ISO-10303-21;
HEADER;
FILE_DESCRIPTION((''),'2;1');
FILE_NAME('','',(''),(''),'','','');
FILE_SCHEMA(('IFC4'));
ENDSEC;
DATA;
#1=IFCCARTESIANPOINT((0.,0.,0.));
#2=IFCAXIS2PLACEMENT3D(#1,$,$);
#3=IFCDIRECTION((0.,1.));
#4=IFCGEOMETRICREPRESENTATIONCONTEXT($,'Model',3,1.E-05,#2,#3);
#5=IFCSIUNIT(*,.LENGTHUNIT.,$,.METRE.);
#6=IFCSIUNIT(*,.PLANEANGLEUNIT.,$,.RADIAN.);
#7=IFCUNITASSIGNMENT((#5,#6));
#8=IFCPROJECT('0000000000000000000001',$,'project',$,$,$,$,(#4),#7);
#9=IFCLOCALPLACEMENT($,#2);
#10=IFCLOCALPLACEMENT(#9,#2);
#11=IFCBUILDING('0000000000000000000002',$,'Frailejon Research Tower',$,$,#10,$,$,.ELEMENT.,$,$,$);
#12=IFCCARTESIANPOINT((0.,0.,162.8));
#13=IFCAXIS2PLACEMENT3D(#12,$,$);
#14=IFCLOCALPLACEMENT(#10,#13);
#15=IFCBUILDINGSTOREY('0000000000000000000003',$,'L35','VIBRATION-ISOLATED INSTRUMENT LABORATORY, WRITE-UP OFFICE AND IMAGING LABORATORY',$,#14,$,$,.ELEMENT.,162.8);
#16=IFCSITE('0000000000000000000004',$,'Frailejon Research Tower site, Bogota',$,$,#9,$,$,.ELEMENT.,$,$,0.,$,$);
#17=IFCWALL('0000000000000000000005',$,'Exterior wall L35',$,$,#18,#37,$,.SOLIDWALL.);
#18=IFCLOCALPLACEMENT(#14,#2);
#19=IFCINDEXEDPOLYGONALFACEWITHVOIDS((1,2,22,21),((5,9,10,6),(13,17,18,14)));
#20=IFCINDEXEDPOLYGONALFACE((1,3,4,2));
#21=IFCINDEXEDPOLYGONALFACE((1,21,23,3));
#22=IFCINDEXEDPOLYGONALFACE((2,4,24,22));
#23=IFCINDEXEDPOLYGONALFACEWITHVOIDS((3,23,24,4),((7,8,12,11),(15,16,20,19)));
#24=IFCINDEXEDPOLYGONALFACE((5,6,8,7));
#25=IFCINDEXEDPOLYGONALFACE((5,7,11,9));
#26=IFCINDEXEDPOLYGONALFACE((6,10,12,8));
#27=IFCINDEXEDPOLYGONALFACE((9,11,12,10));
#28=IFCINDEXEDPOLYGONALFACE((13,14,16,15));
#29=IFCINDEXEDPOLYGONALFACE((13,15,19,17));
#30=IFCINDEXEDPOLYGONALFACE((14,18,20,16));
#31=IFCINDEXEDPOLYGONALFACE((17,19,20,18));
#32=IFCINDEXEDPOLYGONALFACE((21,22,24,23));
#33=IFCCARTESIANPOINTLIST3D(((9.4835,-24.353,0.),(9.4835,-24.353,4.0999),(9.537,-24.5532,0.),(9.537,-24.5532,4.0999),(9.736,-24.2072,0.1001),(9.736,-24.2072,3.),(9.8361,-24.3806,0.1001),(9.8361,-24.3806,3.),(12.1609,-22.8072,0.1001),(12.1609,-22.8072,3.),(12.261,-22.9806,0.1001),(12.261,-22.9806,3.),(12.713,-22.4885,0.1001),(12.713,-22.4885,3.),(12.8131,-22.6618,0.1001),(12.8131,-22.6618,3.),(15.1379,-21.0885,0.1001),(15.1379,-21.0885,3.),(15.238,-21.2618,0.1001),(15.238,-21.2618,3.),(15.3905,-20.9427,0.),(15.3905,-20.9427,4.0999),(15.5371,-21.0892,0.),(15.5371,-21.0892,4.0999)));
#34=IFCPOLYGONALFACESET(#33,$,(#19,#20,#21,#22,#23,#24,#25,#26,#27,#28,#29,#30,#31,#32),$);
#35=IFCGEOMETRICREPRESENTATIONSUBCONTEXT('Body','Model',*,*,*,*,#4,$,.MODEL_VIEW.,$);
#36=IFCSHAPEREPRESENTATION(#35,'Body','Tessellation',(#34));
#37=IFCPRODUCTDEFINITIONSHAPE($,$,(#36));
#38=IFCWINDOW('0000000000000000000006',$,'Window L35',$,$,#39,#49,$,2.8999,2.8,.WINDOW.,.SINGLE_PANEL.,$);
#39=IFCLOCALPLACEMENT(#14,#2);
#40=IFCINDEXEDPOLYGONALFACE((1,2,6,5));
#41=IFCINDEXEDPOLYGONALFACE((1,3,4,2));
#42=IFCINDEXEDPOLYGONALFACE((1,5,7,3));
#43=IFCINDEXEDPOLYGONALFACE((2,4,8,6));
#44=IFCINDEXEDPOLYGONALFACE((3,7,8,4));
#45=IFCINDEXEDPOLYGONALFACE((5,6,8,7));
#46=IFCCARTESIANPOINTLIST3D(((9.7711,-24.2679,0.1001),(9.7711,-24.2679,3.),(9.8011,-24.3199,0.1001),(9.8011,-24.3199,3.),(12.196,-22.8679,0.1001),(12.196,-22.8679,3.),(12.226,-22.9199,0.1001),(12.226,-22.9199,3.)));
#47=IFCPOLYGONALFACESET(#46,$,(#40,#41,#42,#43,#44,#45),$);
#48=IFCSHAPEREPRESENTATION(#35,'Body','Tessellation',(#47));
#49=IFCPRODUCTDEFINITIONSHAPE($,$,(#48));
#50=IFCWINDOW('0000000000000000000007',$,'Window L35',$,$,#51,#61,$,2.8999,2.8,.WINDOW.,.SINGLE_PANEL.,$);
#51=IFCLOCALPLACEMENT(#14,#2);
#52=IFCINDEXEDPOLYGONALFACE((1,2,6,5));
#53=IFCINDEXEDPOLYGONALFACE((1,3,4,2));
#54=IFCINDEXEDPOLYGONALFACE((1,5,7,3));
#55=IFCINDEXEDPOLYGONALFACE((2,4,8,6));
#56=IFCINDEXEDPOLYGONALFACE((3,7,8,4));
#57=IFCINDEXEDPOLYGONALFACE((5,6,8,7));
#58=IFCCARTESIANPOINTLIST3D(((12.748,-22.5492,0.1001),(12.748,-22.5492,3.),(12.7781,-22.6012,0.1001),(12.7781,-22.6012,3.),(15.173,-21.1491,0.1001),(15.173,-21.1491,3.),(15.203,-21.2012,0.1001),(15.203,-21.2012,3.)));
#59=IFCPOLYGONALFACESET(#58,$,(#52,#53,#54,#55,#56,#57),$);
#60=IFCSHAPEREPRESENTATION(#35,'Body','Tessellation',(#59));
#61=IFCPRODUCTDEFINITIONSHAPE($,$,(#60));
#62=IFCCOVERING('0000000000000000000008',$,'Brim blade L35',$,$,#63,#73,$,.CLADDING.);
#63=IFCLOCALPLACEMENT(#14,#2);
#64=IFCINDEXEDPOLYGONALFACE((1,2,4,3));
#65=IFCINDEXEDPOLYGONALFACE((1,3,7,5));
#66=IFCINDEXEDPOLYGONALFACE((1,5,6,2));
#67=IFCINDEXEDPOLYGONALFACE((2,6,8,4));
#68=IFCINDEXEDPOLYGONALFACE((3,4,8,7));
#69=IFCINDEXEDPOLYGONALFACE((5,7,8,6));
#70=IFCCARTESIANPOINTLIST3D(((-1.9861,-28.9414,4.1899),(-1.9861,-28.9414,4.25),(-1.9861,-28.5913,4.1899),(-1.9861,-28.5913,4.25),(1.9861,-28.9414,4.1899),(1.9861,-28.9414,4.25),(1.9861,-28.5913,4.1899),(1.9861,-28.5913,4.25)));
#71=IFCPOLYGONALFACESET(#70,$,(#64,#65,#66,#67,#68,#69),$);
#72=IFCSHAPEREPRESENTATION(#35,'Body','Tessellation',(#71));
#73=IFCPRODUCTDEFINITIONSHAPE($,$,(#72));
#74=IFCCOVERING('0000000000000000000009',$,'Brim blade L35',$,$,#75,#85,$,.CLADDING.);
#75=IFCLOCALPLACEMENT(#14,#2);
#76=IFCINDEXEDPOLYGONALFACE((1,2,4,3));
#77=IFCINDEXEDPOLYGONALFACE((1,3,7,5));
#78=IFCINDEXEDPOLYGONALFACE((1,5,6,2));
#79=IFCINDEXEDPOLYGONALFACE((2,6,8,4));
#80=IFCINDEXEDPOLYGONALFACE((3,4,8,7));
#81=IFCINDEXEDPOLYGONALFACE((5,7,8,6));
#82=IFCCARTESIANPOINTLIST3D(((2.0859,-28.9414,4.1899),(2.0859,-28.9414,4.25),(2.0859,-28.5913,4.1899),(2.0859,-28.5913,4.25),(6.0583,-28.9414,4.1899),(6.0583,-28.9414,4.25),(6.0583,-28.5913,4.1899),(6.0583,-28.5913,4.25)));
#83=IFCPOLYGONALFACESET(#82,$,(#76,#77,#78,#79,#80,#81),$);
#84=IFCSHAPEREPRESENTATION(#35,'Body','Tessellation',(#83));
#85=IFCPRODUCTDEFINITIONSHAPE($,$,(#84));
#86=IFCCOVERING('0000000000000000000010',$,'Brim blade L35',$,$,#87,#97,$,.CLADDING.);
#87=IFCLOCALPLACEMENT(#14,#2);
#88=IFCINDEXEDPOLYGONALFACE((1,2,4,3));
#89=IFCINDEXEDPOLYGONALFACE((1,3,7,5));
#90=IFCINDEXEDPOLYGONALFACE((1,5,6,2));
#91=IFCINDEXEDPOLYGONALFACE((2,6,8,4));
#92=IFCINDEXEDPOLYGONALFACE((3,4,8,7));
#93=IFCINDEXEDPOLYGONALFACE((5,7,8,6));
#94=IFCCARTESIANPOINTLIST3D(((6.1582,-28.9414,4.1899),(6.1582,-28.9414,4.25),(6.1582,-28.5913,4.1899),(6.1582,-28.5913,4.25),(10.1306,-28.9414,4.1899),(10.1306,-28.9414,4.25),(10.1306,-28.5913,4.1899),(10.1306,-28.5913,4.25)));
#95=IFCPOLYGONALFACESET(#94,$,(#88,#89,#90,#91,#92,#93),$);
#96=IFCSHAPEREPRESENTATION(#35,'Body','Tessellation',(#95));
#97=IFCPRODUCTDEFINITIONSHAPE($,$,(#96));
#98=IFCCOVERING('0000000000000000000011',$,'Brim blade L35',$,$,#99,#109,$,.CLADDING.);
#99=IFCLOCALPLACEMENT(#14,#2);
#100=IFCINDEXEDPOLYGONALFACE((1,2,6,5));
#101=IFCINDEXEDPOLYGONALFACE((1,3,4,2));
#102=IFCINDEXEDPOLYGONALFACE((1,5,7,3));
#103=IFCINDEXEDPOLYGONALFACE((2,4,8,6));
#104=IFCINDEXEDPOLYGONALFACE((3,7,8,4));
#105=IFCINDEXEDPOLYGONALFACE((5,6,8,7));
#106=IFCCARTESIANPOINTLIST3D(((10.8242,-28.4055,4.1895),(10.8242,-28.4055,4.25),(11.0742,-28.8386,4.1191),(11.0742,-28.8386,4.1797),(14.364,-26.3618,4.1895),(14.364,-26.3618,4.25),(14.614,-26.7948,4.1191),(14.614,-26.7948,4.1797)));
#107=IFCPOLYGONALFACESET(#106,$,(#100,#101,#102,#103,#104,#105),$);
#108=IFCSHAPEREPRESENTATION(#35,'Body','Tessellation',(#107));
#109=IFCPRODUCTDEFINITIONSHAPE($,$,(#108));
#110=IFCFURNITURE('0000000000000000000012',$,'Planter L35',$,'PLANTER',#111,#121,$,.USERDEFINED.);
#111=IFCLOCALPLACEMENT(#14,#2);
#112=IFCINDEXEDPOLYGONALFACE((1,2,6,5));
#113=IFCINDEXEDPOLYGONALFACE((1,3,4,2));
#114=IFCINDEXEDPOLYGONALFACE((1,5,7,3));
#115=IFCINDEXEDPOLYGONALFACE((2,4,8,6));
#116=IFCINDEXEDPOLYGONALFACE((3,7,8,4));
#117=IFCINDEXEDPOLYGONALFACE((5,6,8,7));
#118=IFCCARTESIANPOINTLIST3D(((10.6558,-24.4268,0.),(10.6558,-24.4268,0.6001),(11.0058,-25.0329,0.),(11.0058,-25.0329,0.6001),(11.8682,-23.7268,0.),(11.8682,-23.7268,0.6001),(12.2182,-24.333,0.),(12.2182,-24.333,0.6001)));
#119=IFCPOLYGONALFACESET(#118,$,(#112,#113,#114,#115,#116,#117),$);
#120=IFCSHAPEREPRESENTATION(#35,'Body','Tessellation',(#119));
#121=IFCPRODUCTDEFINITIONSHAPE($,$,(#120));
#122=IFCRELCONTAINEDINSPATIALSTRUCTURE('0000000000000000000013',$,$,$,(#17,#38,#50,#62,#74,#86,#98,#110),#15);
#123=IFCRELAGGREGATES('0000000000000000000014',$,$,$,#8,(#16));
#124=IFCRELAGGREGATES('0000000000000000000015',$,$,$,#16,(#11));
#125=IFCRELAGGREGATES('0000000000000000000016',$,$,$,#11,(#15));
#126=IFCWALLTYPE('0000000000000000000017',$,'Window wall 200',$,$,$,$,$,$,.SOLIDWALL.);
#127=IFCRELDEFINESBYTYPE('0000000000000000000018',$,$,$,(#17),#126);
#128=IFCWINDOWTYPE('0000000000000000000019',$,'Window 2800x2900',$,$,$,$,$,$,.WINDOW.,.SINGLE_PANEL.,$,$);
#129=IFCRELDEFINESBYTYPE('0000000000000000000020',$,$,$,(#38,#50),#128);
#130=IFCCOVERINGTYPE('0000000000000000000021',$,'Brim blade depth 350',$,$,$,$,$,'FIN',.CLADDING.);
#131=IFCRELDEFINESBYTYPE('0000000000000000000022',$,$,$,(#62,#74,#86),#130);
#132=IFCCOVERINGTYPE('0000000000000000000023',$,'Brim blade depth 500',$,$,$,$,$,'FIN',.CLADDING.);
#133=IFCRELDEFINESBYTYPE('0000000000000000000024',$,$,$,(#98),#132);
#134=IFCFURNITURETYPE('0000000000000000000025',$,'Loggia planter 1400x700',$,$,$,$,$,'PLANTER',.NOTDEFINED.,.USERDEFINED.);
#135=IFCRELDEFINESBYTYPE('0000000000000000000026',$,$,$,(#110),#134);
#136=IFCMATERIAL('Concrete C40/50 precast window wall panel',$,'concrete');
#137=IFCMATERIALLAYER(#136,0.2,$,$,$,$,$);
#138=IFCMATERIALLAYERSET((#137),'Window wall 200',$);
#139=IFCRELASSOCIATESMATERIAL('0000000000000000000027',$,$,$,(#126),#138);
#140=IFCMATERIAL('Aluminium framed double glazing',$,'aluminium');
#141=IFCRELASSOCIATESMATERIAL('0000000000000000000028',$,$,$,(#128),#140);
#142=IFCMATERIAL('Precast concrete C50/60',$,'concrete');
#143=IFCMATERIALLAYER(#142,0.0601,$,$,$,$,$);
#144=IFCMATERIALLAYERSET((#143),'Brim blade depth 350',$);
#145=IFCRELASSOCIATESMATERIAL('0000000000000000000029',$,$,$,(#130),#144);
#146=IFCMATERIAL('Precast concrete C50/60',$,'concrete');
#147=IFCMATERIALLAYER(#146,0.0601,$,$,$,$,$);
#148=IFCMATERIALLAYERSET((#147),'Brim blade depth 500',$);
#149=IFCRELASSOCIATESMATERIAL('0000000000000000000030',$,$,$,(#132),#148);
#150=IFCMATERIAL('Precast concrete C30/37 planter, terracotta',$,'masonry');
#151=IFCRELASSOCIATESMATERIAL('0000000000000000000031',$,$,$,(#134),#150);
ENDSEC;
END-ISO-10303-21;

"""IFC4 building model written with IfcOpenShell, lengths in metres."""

from ifc_helpers import new_model, si_unit, direction, frame, frame_2d, origin, origin_2d, place, context, subcontext, project, spatial, polyline, rectangle, outline, extrude, material, layer, layer_set, type_object, element, fill, save


model = new_model("IFC4")

# Units and contexts
model_context = context("Model", 3, precision=1e-05, world=origin(), true_north=direction((0.0, 1.0)))
body_context = subcontext(model_context, "Body", "Model", "MODEL_VIEW")
ifc_project = project(units=[si_unit("LENGTHUNIT", "METRE"), si_unit("PLANEANGLEUNIT", "RADIAN")], contexts=[model_context])

# Site, building, storey
site_placement = place(None, origin())
site = spatial("IfcSite", under=ifc_project, at=site_placement, Name="Frailejon Research Tower site, Bogota", CompositionType="ELEMENT", RefElevation=0.0)
building_placement = place(site_placement, origin())
building = spatial("IfcBuilding", under=site, at=building_placement, Name="Frailejon Research Tower", CompositionType="ELEMENT")
storey_placement = place(building_placement, frame((0.0, 0.0, 162.8)))
storey = spatial("IfcBuildingStorey", under=building, at=storey_placement, Name="L35", Description="VIBRATION-ISOLATED INSTRUMENT LABORATORY, WRITE-UP OFFICE AND IMAGING LABORATORY", CompositionType="ELEMENT", Elevation=162.8)

# Wall, openings, windows
ifc_material_1 = material(Name="Concrete C40/50 precast window wall panel", Category="concrete")
ifc_layer_1 = layer(ifc_material_1, 0.2)
ifc_layer_set_1 = layer_set([ifc_layer_1], Name="Window wall 200")
wall_type = type_object("IfcWallType", Name="Window wall 200", PredefinedType="SOLIDWALL", material=ifc_layer_set_1)
wall_placement = place(storey_placement, frame((9.5103, -24.4531, 0.0), z_axis=(0.0, 0.0, 1.0), x_axis=(0.866029, 0.499993, 0.0)))
wall = element("IfcWall", 1, at=wall_placement, inside=storey, type_object=wall_type, Name="Exterior wall L35", PredefinedType="SOLIDWALL", context=body_context, shape_type="SweptSolid", body=[
    extrude(outline(polyline([(-0.0269, -0.1001), (1.1279, -0.1001), (2.2825, -0.1001), (3.4373, -0.1001), (4.592, -0.1001), (5.7466, -0.1001), (6.9014, -0.1001), (6.8477, 0.1001), (5.7109, 0.1001), (4.574, 0.1001), (3.4373, 0.1001), (2.3005, 0.1001), (1.1636, 0.1001), (0.0269, 0.1001), (-0.0269, -0.1001)])), origin(), (0.0, 0.0, 1.0), 4.0999),
])
opening_1_placement = place(wall_placement, frame((0.3186, 0.0, 0.1001)))
opening_1 = element("IfcOpeningElement", 2, at=opening_1_placement, cuts=wall, PredefinedType="OPENING", context=body_context, shape_type="SweptSolid", body=[
    extrude(rectangle(XDim=2.8, YDim=2.8999, at=frame_2d((1.3999, 1.45))), frame((0.0, 0.1099, 0.0), z_axis=(0.0, -1.0, 0.0), x_axis=(1.0, 0.0, 0.0)), (0.0, 0.0, 1.0), 0.22),
])
opening_2_placement = place(wall_placement, frame((3.7561, 0.0, 0.1001)))
opening_2 = element("IfcOpeningElement", 3, at=opening_2_placement, cuts=wall, PredefinedType="OPENING", context=body_context, shape_type="SweptSolid", body=[
    extrude(rectangle(XDim=2.8, YDim=2.8999, at=frame_2d((1.3999, 1.45))), frame((0.0, 0.1099, 0.0), z_axis=(0.0, -1.0, 0.0), x_axis=(1.0, 0.0, 0.0)), (0.0, 0.0, 1.0), 0.22),
])
ifc_material_2 = material(Name="Aluminium framed double glazing", Category="aluminium")
window_type = type_object("IfcWindowType", Name="Window 2800x2900", PartitioningType="SINGLE_PANEL", PredefinedType="WINDOW", material=ifc_material_2)
window_1_placement = place(opening_1_placement, origin())
window_1 = element("IfcWindow", 4, at=window_1_placement, inside=storey, type_object=window_type, Name="Window L35", OverallHeight=2.8999, OverallWidth=2.8, PartitioningType="SINGLE_PANEL", PredefinedType="WINDOW", context=body_context, shape_type="SweptSolid", body=[
    extrude(rectangle(XDim=2.8, YDim=2.8999, at=frame_2d((1.3999, 1.45))), frame((0.0, 0.03, 0.0), z_axis=(0.0, -1.0, 0.0), x_axis=(1.0, 0.0, 0.0)), (0.0, 0.0, 1.0), 0.0601),
])
fill(opening_1, window_1)
window_2_placement = place(opening_2_placement, origin())
window_2 = element("IfcWindow", 5, at=window_2_placement, inside=storey, type_object=window_type, Name="Window L35", OverallHeight=2.8999, OverallWidth=2.8, PartitioningType="SINGLE_PANEL", PredefinedType="WINDOW", context=body_context, shape_type="SweptSolid", body=[
    extrude(rectangle(XDim=2.8, YDim=2.8999, at=frame_2d((1.3999, 1.45))), frame((0.0, 0.03, 0.0), z_axis=(0.0, -1.0, 0.0), x_axis=(1.0, 0.0, 0.0)), (0.0, 0.0, 1.0), 0.0601),
])
fill(opening_2, window_2)

# Coverings
ifc_material_3 = material(Name="Precast concrete C50/60", Category="concrete")
ifc_layer_2 = layer(ifc_material_3, 0.0601)
ifc_layer_set_2 = layer_set([ifc_layer_2], Name="Brim blade depth 350")
covering_type_1 = type_object("IfcCoveringType", Name="Brim blade depth 350", ElementType="FIN", PredefinedType="CLADDING", material=ifc_layer_set_2)
covering_1_placement = place(storey_placement, frame((1.9861, -28.5913, 4.25), z_axis=(-1.0, 0.0, 0.0), x_axis=(0.0, -1.0, 0.0)))
element("IfcCovering", 6, at=covering_1_placement, inside=storey, type_object=covering_type_1, Name="Brim blade L35", PredefinedType="CLADDING", context=body_context, shape_type="SweptSolid", body=[
    extrude(outline(polyline([(0.0, -0.0601), (0.3501, -0.0601), (0.3501, 0.0), (0.0, 0.0), (0.0, -0.0601)])), origin(), (0.0, 0.0, 1.0), 3.9722),
])
for number, where, z_axis, x_axis, name in (
    (7, (6.0583, -28.5913, 4.25), (-1.0, 0.0, 0.0), (0.0, -1.0, 0.0), "Brim blade L35"),
    (8, (10.1306, -28.5913, 4.25), (-1.0, 0.0, 0.0), (0.0, -1.0, 0.0), "Brim blade L35"),
):
    element("IfcCovering", number, at=place(storey_placement, frame(where, z_axis=z_axis, x_axis=x_axis)), inside=storey, type_object=covering_type_1, Name=name, PredefinedType="CLADDING", context=body_context, shape_type="SweptSolid", body=[
        extrude(outline(polyline([(0.0, -0.0601), (0.3501, -0.0601), (0.3501, 0.0), (0.0, 0.0), (0.0, -0.0601)])), origin(), (0.0, 0.0, 1.0), 3.9724),
    ])
ifc_material_4 = material(Name="Precast concrete C50/60", Category="concrete")
ifc_layer_3 = layer(ifc_material_4, 0.0601)
ifc_layer_set_3 = layer_set([ifc_layer_3], Name="Brim blade depth 500")
covering_type_2 = type_object("IfcCoveringType", Name="Brim blade depth 500", ElementType="FIN", PredefinedType="CLADDING", material=ifc_layer_set_3)
covering_2_placement = place(storey_placement, frame((14.364, -26.3618, 4.25), z_axis=(-0.866021, -0.500007, 0.0), x_axis=(0.500007, -0.866021, 0.0)))
element("IfcCovering", 9, at=covering_2_placement, inside=storey, type_object=covering_type_2, Name="Brim blade L35", PredefinedType="CLADDING", context=body_context, shape_type="SweptSolid", body=[
    extrude(outline(polyline([(0.0, -0.0605), (0.5, -0.1309), (0.5, -0.0703), (0.0, 0.0), (0.0, -0.0605)])), origin(), (0.0, 0.0, 1.0), 4.0874),
])

# Furniture
ifc_material_5 = material(Name="Precast concrete C30/37 planter, terracotta", Category="masonry")
furniture_type = type_object("IfcFurnitureType", Name="Loggia planter 1400x700", ElementType="PLANTER", AssemblyPlace="NOTDEFINED", PredefinedType="USERDEFINED", material=ifc_material_5)
furniture_placement = place(storey_placement, frame((11.437, -24.3799, 0.0), z_axis=(0.0, 0.0, 1.0), x_axis=(0.866025, 0.5, 0.0)))
element("IfcFurniture", 10, at=furniture_placement, inside=storey, type_object=furniture_type, Name="Planter L35", ObjectType="PLANTER", PredefinedType="USERDEFINED", context=body_context, shape_type="SweptSolid", body=[
    extrude(rectangle(XDim=1.3999, YDim=0.7, at=origin_2d()), origin(), (0.0, 0.0, 1.0), 0.6001),
])

save(model, "model.ifc")
